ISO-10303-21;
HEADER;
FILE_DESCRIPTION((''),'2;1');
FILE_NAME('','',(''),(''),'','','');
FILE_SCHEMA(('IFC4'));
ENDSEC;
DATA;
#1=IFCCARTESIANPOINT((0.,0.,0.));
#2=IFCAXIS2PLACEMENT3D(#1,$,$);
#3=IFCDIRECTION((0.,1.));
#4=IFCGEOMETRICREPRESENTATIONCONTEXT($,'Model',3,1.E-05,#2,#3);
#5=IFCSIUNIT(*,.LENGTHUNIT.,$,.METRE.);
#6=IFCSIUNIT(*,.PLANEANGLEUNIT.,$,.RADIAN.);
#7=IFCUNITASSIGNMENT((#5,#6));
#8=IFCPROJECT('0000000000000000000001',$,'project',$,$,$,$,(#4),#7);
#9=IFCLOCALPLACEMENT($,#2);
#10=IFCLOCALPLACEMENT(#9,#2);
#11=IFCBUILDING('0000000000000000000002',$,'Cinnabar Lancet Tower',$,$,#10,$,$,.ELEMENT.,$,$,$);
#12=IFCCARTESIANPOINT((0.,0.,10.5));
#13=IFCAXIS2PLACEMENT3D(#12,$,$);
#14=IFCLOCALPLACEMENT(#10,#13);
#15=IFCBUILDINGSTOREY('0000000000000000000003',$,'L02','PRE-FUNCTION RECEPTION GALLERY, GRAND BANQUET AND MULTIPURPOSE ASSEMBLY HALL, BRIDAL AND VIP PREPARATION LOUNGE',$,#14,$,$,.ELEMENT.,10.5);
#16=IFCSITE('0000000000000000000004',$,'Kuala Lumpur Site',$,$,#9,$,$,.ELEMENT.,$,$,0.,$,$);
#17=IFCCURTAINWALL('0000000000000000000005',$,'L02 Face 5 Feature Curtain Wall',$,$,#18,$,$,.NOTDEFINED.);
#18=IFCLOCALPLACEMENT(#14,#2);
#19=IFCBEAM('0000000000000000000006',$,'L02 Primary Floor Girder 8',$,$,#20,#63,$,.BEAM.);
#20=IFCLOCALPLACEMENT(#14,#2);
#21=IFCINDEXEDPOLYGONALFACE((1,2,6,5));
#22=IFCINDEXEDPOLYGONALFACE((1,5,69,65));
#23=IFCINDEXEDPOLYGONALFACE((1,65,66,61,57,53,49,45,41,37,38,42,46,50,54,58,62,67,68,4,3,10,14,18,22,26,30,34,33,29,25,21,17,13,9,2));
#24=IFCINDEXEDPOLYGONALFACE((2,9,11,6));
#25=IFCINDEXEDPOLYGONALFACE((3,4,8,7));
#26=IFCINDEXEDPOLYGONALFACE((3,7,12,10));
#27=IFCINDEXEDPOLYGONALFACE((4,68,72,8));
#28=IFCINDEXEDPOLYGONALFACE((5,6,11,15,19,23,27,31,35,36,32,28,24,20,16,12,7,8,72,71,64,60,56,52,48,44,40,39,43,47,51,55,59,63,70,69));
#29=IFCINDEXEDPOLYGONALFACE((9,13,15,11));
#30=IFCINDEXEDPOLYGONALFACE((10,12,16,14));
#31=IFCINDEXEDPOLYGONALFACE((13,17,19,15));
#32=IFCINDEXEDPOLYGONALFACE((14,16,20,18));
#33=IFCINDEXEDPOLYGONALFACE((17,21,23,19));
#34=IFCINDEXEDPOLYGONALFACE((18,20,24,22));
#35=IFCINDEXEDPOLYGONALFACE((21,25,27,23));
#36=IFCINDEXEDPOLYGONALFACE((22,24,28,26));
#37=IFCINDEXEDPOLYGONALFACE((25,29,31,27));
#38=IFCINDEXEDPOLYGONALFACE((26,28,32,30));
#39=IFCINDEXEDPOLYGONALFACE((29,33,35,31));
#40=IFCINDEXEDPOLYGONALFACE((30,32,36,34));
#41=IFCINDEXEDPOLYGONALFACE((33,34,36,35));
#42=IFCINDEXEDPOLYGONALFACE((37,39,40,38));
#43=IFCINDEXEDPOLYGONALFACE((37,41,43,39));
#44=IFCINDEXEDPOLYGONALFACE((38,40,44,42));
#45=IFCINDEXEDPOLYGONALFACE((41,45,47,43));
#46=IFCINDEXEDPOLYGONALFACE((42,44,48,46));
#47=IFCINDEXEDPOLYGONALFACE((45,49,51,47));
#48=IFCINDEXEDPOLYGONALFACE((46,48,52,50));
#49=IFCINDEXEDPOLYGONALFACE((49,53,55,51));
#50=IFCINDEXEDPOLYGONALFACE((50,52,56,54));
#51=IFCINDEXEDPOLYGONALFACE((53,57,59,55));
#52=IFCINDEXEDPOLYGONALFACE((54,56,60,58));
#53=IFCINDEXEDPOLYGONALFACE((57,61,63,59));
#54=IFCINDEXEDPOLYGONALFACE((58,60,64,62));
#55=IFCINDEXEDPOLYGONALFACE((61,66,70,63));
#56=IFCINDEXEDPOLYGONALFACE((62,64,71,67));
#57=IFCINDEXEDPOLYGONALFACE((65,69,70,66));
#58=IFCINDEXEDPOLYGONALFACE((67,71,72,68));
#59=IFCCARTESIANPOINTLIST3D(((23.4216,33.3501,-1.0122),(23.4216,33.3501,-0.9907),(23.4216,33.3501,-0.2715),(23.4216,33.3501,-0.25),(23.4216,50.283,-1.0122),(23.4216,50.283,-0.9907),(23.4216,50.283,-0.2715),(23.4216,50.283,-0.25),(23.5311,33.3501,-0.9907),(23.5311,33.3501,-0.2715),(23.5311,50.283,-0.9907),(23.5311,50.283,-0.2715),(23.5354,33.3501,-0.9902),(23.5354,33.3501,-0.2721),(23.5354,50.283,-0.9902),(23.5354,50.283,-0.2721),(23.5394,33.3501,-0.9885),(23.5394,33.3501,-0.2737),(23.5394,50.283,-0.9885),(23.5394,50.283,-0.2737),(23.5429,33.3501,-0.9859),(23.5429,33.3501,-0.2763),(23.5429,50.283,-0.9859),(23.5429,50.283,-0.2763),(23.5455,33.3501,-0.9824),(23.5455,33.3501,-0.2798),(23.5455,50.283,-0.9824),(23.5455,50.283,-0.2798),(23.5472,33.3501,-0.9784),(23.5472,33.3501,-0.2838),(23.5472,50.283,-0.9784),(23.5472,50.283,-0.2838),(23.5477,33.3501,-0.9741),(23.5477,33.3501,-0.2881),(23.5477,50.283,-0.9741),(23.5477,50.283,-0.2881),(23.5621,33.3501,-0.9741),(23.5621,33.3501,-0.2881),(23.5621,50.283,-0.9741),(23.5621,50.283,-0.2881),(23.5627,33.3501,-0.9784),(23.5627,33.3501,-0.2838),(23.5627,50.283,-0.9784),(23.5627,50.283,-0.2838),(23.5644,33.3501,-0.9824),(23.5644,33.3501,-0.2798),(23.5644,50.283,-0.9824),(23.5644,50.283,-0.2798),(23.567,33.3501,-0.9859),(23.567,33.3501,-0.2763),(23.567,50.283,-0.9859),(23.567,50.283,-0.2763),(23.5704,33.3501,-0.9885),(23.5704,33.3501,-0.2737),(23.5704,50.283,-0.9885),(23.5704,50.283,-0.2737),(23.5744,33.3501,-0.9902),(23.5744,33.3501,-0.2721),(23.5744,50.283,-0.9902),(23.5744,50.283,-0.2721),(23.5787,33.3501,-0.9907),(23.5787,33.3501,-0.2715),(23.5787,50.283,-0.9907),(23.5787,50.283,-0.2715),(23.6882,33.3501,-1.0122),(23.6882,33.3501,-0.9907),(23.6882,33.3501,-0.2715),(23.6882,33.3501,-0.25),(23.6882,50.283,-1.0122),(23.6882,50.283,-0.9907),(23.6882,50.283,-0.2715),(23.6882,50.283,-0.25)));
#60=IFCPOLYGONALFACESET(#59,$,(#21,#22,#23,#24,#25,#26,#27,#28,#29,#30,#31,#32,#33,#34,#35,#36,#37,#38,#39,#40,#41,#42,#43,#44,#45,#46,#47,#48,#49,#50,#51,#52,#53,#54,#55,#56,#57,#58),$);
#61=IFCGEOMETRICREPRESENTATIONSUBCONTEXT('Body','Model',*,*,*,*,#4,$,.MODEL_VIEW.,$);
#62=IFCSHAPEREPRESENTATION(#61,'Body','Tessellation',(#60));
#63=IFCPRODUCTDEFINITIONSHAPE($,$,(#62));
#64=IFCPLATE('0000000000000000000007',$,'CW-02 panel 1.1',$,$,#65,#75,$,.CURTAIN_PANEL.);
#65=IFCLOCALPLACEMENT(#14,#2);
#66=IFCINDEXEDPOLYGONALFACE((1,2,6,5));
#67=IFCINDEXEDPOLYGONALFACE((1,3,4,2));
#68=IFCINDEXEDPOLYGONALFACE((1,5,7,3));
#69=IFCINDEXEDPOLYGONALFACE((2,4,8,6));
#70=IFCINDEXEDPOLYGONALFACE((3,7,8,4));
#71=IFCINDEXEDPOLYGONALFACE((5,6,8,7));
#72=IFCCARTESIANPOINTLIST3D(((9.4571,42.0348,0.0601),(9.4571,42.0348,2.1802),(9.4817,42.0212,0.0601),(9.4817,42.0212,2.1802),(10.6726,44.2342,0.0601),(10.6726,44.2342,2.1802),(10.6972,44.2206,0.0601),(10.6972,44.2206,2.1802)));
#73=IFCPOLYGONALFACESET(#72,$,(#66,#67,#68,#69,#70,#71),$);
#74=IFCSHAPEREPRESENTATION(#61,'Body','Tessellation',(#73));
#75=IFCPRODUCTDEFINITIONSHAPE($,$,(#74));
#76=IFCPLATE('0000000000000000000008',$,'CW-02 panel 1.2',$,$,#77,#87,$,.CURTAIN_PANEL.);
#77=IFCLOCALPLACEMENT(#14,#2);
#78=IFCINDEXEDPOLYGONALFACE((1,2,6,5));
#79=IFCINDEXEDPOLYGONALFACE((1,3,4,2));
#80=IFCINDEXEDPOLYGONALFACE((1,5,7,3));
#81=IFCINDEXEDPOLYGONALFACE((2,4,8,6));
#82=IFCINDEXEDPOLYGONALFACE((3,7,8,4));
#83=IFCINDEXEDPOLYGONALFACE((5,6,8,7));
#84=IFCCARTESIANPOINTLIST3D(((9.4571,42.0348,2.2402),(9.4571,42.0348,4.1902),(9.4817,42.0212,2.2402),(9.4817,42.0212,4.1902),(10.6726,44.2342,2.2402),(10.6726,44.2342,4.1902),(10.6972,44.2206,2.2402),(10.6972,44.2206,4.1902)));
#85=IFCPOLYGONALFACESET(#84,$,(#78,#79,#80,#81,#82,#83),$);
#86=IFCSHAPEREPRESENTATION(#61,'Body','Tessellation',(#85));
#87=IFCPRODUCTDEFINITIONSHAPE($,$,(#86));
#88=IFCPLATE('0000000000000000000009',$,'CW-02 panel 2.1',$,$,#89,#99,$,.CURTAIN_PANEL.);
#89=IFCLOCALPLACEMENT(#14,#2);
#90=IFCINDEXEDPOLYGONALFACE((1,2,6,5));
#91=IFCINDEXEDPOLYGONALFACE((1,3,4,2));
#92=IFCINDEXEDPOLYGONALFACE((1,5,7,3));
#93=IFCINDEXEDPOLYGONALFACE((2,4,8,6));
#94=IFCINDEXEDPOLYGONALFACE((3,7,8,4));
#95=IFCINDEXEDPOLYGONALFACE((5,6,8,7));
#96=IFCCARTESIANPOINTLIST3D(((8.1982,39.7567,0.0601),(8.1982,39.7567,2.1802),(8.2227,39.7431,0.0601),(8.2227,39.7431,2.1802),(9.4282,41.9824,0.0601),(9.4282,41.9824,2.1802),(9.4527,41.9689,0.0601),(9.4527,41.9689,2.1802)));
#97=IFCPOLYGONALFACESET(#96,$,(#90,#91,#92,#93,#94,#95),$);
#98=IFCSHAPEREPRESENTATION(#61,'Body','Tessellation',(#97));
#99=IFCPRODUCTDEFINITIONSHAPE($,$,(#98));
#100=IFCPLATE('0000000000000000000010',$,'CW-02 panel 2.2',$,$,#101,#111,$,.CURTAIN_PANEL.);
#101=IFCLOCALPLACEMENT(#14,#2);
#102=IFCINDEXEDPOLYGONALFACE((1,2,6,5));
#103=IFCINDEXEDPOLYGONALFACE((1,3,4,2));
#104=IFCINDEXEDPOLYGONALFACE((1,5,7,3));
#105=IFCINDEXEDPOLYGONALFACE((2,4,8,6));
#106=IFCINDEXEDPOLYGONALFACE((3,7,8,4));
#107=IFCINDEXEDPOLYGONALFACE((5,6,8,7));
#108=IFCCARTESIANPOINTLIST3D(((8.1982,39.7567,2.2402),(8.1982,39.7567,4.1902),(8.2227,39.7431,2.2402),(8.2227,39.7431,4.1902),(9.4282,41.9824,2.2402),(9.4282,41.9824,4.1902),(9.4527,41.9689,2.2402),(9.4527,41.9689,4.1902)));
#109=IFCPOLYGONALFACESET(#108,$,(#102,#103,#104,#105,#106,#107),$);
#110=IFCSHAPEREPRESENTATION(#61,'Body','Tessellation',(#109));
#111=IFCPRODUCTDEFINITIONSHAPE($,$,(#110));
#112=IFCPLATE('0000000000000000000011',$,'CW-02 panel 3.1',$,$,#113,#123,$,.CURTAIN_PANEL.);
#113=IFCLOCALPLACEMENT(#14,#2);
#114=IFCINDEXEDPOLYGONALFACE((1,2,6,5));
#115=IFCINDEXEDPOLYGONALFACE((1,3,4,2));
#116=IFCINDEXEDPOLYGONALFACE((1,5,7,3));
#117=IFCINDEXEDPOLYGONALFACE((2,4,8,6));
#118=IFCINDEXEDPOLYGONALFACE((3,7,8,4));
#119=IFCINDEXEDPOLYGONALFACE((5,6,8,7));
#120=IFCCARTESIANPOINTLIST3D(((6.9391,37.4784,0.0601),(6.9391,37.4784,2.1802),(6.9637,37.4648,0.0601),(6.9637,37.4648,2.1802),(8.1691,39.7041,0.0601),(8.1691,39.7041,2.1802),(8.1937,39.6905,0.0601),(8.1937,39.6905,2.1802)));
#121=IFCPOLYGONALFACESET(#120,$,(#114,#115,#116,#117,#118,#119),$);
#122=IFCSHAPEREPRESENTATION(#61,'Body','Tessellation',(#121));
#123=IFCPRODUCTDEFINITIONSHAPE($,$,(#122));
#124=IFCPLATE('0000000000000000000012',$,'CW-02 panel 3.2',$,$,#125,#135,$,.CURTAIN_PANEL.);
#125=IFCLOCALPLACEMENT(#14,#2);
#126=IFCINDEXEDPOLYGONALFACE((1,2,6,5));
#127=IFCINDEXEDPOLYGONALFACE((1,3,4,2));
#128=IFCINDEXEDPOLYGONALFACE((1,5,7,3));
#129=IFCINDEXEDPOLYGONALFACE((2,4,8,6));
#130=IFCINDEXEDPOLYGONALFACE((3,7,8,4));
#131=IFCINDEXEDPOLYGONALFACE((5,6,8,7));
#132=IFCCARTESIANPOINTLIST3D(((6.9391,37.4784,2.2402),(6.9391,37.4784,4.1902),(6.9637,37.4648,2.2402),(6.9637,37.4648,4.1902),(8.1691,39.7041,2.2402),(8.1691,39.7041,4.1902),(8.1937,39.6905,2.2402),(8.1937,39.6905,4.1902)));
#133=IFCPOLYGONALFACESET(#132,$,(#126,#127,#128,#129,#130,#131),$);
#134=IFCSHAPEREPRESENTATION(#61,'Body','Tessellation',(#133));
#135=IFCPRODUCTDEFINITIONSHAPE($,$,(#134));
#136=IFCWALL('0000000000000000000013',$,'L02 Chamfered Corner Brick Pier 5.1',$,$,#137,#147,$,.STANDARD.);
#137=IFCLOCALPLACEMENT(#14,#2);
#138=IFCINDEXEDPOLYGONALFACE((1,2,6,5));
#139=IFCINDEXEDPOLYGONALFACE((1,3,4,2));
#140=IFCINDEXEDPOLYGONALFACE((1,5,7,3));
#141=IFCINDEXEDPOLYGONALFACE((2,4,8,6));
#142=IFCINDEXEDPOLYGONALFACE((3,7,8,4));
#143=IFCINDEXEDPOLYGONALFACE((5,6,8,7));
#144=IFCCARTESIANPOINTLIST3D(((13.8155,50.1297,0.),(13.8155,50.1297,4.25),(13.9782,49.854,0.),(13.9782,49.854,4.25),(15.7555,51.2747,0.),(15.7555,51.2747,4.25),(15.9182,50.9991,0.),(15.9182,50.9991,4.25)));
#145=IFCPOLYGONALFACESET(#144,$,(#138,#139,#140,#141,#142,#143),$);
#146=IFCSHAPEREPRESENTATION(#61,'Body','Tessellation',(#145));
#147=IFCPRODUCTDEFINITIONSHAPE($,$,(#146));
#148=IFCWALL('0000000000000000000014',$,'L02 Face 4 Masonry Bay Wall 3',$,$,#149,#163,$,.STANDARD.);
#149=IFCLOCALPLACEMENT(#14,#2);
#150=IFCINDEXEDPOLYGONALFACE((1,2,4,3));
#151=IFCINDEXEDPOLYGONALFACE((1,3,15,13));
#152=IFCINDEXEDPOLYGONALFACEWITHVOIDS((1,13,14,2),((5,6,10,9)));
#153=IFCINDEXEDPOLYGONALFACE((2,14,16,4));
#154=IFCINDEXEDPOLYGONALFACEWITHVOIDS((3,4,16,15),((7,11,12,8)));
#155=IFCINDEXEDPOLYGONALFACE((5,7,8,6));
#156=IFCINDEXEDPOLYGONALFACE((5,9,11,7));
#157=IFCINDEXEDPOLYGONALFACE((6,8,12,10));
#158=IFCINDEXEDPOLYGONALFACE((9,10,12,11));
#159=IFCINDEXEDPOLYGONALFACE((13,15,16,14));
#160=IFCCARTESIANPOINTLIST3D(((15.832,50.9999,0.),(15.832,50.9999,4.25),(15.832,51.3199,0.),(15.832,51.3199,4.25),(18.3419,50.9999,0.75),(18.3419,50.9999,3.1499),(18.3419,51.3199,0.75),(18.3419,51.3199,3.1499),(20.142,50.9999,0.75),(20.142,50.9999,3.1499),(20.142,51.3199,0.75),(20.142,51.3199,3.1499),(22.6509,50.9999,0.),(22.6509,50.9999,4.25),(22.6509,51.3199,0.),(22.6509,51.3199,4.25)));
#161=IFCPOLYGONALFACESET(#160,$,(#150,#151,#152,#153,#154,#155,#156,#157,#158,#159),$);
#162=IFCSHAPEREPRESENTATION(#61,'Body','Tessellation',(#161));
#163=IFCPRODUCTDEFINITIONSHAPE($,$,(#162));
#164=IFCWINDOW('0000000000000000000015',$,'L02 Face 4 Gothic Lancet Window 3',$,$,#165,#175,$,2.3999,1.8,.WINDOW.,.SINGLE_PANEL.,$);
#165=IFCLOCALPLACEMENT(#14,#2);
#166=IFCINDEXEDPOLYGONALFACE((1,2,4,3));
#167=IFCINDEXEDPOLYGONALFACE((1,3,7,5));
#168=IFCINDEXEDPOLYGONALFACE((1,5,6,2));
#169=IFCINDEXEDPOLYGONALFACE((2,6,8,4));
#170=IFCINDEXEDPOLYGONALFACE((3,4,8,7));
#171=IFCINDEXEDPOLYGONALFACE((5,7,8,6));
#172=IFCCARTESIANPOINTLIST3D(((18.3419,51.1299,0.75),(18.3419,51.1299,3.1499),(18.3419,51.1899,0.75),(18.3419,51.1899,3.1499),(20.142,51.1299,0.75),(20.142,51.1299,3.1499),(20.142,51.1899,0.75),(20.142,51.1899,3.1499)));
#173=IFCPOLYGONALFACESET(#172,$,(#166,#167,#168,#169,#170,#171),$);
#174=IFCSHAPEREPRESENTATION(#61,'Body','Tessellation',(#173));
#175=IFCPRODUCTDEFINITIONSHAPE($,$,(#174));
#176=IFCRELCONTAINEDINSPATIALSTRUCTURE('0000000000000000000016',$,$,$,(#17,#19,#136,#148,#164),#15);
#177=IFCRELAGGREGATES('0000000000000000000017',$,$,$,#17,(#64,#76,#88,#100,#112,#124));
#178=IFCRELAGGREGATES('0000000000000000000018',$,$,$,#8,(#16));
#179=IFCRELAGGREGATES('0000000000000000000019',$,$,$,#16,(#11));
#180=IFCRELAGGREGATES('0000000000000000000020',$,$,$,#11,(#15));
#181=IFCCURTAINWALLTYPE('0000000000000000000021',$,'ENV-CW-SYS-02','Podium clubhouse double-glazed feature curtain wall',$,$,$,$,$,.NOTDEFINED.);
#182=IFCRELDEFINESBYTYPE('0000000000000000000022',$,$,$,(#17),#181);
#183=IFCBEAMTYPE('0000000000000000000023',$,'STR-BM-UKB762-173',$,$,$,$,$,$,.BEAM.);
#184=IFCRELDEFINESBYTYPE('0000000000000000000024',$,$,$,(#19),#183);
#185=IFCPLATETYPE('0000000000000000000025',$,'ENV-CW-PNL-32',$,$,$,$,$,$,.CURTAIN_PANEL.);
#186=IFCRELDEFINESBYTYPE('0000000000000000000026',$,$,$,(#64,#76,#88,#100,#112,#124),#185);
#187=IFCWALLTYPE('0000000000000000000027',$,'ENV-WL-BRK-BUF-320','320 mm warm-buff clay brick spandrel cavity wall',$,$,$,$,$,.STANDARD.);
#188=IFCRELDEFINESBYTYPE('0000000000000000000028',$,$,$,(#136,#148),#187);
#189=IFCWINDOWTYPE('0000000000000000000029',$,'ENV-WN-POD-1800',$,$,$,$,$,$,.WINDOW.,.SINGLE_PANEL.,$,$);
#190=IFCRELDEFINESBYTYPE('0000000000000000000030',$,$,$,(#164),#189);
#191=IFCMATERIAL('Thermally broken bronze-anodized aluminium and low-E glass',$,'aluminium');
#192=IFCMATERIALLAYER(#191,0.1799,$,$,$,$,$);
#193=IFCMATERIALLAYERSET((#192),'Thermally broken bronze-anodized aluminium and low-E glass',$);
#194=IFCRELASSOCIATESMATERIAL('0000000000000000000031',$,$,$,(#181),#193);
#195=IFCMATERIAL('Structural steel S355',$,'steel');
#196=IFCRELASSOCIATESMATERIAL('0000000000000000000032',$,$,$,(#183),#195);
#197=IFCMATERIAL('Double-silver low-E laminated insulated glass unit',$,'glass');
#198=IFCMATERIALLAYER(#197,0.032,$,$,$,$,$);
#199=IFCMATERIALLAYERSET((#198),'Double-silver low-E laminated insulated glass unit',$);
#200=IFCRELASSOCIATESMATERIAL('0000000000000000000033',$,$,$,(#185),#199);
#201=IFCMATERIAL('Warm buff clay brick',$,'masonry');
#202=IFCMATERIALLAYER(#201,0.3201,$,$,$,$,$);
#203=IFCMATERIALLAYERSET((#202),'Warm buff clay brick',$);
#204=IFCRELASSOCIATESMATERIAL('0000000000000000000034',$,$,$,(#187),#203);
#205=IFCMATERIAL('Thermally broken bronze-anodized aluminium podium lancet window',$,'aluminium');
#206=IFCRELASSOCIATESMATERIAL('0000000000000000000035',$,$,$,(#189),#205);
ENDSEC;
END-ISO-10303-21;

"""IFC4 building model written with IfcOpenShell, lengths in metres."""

from ifc_helpers import new_model, si_unit, direction, frame, frame_2d, origin, origin_2d, place, context, subcontext, project, spatial, rectangle, i_section, extrude, material, layer, layer_set, material_profile, profile_set, type_object, element, fill, aggregate, save


model = new_model("IFC4")

# Units and contexts
model_context = context("Model", 3, precision=1e-05, world=origin(), true_north=direction((0.0, 1.0)))
body_context = subcontext(model_context, "Body", "Model", "MODEL_VIEW")
ifc_project = project(units=[si_unit("LENGTHUNIT", "METRE"), si_unit("PLANEANGLEUNIT", "RADIAN")], contexts=[model_context])

# Site, building, storey
site_placement = place(None, origin())
site = spatial("IfcSite", under=ifc_project, at=site_placement, Name="Kuala Lumpur Site", CompositionType="ELEMENT", RefElevation=0.0)
building_placement = place(site_placement, origin())
building = spatial("IfcBuilding", under=site, at=building_placement, Name="Cinnabar Lancet Tower", CompositionType="ELEMENT")
storey_placement = place(building_placement, frame((0.0, 0.0, 10.5)))
storey = spatial("IfcBuildingStorey", under=building, at=storey_placement, Name="L02", Description="PRE-FUNCTION RECEPTION GALLERY, GRAND BANQUET AND MULTIPURPOSE ASSEMBLY HALL, BRIDAL AND VIP PREPARATION LOUNGE", CompositionType="ELEMENT", Elevation=10.5)

# Curtain wall
ifc_material_1 = material(Name="Thermally broken bronze-anodized aluminium and low-E glass", Category="aluminium")
ifc_layer_1 = layer(ifc_material_1, 0.1799)
ifc_layer_set_1 = layer_set([ifc_layer_1], Name="Thermally broken bronze-anodized aluminium and low-E glass")
curtain_wall_type = type_object("IfcCurtainWallType", Name="ENV-CW-SYS-02", Description="Podium clubhouse double-glazed feature curtain wall", PredefinedType="NOTDEFINED", material=ifc_layer_set_1)
curtain_wall_placement = place(storey_placement, origin())
curtain_wall = element("IfcCurtainWall", 1, at=curtain_wall_placement, inside=storey, type_object=curtain_wall_type, Name="L02 Face 5 Feature Curtain Wall", PredefinedType="NOTDEFINED")

# Beam
ifc_material_2 = material(Name="Structural steel S355", Category="steel")
ifc_material_profile_1 = material_profile(ifc_material_2, i_section(OverallWidth=0.2666, OverallDepth=0.7622, WebThickness=0.0144, FlangeThickness=0.0215, FilletRadius=0.0166, at=origin_2d()), Name="UKB 762x267x173")
ifc_profile_set_1 = profile_set([ifc_material_profile_1], Name="Structural steel S355")
beam_type_1 = type_object("IfcBeamType", Name="STR-BM-UKB762-173", PredefinedType="BEAM", material=ifc_profile_set_1)
beam_1_placement = place(storey_placement, frame((23.5549, 50.283, -0.6311), z_axis=(0.0, -1.0, 0.0), x_axis=(1.0, 0.0, 0.0)))
element("IfcBeam", 2, at=beam_1_placement, inside=storey, type_object=beam_type_1, Name="L02 Primary Floor Girder 8", PredefinedType="BEAM", context=body_context, shape_type="SweptSolid", body=[
    extrude(i_section(OverallWidth=0.2666, OverallDepth=0.7622, WebThickness=0.0144, FlangeThickness=0.0215, FilletRadius=0.0166, at=origin_2d()), origin(), (0.0, 0.0, 1.0), 16.9329),
])

# Plates
ifc_material_3 = material(Name="Double-silver low-E laminated insulated glass unit", Category="glass")
ifc_layer_2 = layer(ifc_material_3, 0.032)
ifc_layer_set_2 = layer_set([ifc_layer_2], Name="Double-silver low-E laminated insulated glass unit")
plate_type = type_object("IfcPlateType", Name="ENV-CW-PNL-32", PredefinedType="CURTAIN_PANEL", material=ifc_layer_set_2)
plate_1_placement = place(storey_placement, frame((10.0771, 43.1277, 0.0601), z_axis=(0.0, 0.0, 1.0), x_axis=(-0.483685, -0.875242, 0.0)))
plate_1 = element("IfcPlate", 3, at=plate_1_placement, type_object=plate_type, Name="CW-02 panel 1.1", PredefinedType="CURTAIN_PANEL", context=body_context, shape_type="SweptSolid", body=[
    extrude(rectangle(XDim=2.5129, YDim=0.0281, at=origin_2d()), origin(), (0.0, 0.0, 1.0), 2.1201),
])
plate_2_placement = place(storey_placement, frame((10.0771, 43.1277, 2.2402), z_axis=(0.0, 0.0, 1.0), x_axis=(-0.483685, -0.875242, 0.0)))
plate_2 = element("IfcPlate", 4, at=plate_2_placement, type_object=plate_type, Name="CW-02 panel 1.2", PredefinedType="CURTAIN_PANEL", context=body_context, shape_type="SweptSolid", body=[
    extrude(rectangle(XDim=2.5129, YDim=0.0281, at=origin_2d()), origin(), (0.0, 0.0, 1.0), 1.95),
])
plate_3_placement = place(storey_placement, frame((8.8254, 40.8628, 0.0601), z_axis=(0.0, 0.0, 1.0), x_axis=(-0.483685, -0.875242, 0.0)))
plate_3 = element("IfcPlate", 5, at=plate_3_placement, type_object=plate_type, Name="CW-02 panel 2.1", PredefinedType="CURTAIN_PANEL", context=body_context, shape_type="SweptSolid", body=[
    extrude(rectangle(XDim=2.543, YDim=0.0281, at=origin_2d()), origin(), (0.0, 0.0, 1.0), 2.1201),
])
plate_4_placement = place(storey_placement, frame((8.8254, 40.8628, 2.2402), z_axis=(0.0, 0.0, 1.0), x_axis=(-0.483685, -0.875242, 0.0)))
plate_4 = element("IfcPlate", 6, at=plate_4_placement, type_object=plate_type, Name="CW-02 panel 2.2", PredefinedType="CURTAIN_PANEL", context=body_context, shape_type="SweptSolid", body=[
    extrude(rectangle(XDim=2.543, YDim=0.0281, at=origin_2d()), origin(), (0.0, 0.0, 1.0), 1.95),
])
plate_5_placement = place(storey_placement, frame((7.5664, 38.5845, 0.0601), z_axis=(0.0, 0.0, 1.0), x_axis=(-0.483685, -0.875242, 0.0)))
plate_5 = element("IfcPlate", 7, at=plate_5_placement, type_object=plate_type, Name="CW-02 panel 3.1", PredefinedType="CURTAIN_PANEL", context=body_context, shape_type="SweptSolid", body=[
    extrude(rectangle(XDim=2.543, YDim=0.0281, at=origin_2d()), origin(), (0.0, 0.0, 1.0), 2.1201),
])
plate_6_placement = place(storey_placement, frame((7.5664, 38.5845, 2.2402), z_axis=(0.0, 0.0, 1.0), x_axis=(-0.483685, -0.875242, 0.0)))
plate_6 = element("IfcPlate", 8, at=plate_6_placement, type_object=plate_type, Name="CW-02 panel 3.2", PredefinedType="CURTAIN_PANEL", context=body_context, shape_type="SweptSolid", body=[
    extrude(rectangle(XDim=2.543, YDim=0.0281, at=origin_2d()), origin(), (0.0, 0.0, 1.0), 1.95),
])
aggregate(curtain_wall, [plate_1, plate_2, plate_3, plate_4, plate_5, plate_6])

# Wall
ifc_material_4 = material(Name="Warm buff clay brick", Category="masonry")
ifc_layer_3 = layer(ifc_material_4, 0.3201)
ifc_layer_set_3 = layer_set([ifc_layer_3], Name="Warm buff clay brick")
wall_type = type_object("IfcWallType", Name="ENV-WL-BRK-BUF-320", Description="320 mm warm-buff clay brick spandrel cavity wall", PredefinedType="STANDARD", material=ifc_layer_set_3)
wall_1_placement = place(storey_placement, frame((15.8369, 51.137, 0.0), z_axis=(0.0, 0.0, 1.0), x_axis=(-0.861181, -0.508298, 0.0)))
element("IfcWall", 9, at=wall_1_placement, inside=storey, type_object=wall_type, Name="L02 Chamfered Corner Brick Pier 5.1", PredefinedType="STANDARD", context=body_context, shape_type="SweptSolid", body=[
    extrude(rectangle(XDim=2.2527, YDim=0.3201, at=frame_2d((1.1265, 0.0))), origin(), (0.0, 0.0, 1.0), 4.25),
])

# Wall, opening, window
wall_2_placement = place(storey_placement, frame((22.6509, 51.1599, 0.0), z_axis=(0.0, 0.0, 1.0), x_axis=(-1.0, 0.0, 0.0)))
wall_2 = element("IfcWall", 10, at=wall_2_placement, inside=storey, type_object=wall_type, Name="L02 Face 4 Masonry Bay Wall 3", PredefinedType="STANDARD", context=body_context, shape_type="SweptSolid", body=[
    extrude(rectangle(XDim=6.8188, YDim=0.3201, at=frame_2d((3.4094, 0.0))), origin(), (0.0, 0.0, 1.0), 4.25),
])
opening_1_placement = place(wall_2_placement, frame((2.509, 0.0, 0.75)))
opening_1 = element("IfcOpeningElement", 11, at=opening_1_placement, cuts=wall_2, PredefinedType="OPENING", context=body_context, shape_type="SweptSolid", body=[
    extrude(rectangle(XDim=1.8, YDim=2.3999, at=frame_2d((0.8999, 1.2))), frame((0.0, 0.1699, 0.0), z_axis=(0.0, -1.0, 0.0), x_axis=(1.0, 0.0, 0.0)), (0.0, 0.0, 1.0), 0.3401),
])
ifc_material_5 = material(Name="Thermally broken bronze-anodized aluminium podium lancet window", Category="aluminium")
window_type = type_object("IfcWindowType", Name="ENV-WN-POD-1800", PartitioningType="SINGLE_PANEL", PredefinedType="WINDOW", material=ifc_material_5)
window_1_placement = place(opening_1_placement, origin())
window_1 = element("IfcWindow", 12, at=window_1_placement, inside=storey, type_object=window_type, Name="L02 Face 4 Gothic Lancet Window 3", OverallHeight=2.3999, OverallWidth=1.8, PartitioningType="SINGLE_PANEL", PredefinedType="WINDOW", context=body_context, shape_type="SweptSolid", body=[
    extrude(rectangle(XDim=1.8, YDim=2.3999, at=frame_2d((0.8999, 1.2))), frame((0.0, 0.03, 0.0), z_axis=(0.0, -1.0, 0.0), x_axis=(1.0, 0.0, 0.0)), (0.0, 0.0, 1.0), 0.0601),
])
fill(opening_1, window_1)

save(model, "model.ifc")
